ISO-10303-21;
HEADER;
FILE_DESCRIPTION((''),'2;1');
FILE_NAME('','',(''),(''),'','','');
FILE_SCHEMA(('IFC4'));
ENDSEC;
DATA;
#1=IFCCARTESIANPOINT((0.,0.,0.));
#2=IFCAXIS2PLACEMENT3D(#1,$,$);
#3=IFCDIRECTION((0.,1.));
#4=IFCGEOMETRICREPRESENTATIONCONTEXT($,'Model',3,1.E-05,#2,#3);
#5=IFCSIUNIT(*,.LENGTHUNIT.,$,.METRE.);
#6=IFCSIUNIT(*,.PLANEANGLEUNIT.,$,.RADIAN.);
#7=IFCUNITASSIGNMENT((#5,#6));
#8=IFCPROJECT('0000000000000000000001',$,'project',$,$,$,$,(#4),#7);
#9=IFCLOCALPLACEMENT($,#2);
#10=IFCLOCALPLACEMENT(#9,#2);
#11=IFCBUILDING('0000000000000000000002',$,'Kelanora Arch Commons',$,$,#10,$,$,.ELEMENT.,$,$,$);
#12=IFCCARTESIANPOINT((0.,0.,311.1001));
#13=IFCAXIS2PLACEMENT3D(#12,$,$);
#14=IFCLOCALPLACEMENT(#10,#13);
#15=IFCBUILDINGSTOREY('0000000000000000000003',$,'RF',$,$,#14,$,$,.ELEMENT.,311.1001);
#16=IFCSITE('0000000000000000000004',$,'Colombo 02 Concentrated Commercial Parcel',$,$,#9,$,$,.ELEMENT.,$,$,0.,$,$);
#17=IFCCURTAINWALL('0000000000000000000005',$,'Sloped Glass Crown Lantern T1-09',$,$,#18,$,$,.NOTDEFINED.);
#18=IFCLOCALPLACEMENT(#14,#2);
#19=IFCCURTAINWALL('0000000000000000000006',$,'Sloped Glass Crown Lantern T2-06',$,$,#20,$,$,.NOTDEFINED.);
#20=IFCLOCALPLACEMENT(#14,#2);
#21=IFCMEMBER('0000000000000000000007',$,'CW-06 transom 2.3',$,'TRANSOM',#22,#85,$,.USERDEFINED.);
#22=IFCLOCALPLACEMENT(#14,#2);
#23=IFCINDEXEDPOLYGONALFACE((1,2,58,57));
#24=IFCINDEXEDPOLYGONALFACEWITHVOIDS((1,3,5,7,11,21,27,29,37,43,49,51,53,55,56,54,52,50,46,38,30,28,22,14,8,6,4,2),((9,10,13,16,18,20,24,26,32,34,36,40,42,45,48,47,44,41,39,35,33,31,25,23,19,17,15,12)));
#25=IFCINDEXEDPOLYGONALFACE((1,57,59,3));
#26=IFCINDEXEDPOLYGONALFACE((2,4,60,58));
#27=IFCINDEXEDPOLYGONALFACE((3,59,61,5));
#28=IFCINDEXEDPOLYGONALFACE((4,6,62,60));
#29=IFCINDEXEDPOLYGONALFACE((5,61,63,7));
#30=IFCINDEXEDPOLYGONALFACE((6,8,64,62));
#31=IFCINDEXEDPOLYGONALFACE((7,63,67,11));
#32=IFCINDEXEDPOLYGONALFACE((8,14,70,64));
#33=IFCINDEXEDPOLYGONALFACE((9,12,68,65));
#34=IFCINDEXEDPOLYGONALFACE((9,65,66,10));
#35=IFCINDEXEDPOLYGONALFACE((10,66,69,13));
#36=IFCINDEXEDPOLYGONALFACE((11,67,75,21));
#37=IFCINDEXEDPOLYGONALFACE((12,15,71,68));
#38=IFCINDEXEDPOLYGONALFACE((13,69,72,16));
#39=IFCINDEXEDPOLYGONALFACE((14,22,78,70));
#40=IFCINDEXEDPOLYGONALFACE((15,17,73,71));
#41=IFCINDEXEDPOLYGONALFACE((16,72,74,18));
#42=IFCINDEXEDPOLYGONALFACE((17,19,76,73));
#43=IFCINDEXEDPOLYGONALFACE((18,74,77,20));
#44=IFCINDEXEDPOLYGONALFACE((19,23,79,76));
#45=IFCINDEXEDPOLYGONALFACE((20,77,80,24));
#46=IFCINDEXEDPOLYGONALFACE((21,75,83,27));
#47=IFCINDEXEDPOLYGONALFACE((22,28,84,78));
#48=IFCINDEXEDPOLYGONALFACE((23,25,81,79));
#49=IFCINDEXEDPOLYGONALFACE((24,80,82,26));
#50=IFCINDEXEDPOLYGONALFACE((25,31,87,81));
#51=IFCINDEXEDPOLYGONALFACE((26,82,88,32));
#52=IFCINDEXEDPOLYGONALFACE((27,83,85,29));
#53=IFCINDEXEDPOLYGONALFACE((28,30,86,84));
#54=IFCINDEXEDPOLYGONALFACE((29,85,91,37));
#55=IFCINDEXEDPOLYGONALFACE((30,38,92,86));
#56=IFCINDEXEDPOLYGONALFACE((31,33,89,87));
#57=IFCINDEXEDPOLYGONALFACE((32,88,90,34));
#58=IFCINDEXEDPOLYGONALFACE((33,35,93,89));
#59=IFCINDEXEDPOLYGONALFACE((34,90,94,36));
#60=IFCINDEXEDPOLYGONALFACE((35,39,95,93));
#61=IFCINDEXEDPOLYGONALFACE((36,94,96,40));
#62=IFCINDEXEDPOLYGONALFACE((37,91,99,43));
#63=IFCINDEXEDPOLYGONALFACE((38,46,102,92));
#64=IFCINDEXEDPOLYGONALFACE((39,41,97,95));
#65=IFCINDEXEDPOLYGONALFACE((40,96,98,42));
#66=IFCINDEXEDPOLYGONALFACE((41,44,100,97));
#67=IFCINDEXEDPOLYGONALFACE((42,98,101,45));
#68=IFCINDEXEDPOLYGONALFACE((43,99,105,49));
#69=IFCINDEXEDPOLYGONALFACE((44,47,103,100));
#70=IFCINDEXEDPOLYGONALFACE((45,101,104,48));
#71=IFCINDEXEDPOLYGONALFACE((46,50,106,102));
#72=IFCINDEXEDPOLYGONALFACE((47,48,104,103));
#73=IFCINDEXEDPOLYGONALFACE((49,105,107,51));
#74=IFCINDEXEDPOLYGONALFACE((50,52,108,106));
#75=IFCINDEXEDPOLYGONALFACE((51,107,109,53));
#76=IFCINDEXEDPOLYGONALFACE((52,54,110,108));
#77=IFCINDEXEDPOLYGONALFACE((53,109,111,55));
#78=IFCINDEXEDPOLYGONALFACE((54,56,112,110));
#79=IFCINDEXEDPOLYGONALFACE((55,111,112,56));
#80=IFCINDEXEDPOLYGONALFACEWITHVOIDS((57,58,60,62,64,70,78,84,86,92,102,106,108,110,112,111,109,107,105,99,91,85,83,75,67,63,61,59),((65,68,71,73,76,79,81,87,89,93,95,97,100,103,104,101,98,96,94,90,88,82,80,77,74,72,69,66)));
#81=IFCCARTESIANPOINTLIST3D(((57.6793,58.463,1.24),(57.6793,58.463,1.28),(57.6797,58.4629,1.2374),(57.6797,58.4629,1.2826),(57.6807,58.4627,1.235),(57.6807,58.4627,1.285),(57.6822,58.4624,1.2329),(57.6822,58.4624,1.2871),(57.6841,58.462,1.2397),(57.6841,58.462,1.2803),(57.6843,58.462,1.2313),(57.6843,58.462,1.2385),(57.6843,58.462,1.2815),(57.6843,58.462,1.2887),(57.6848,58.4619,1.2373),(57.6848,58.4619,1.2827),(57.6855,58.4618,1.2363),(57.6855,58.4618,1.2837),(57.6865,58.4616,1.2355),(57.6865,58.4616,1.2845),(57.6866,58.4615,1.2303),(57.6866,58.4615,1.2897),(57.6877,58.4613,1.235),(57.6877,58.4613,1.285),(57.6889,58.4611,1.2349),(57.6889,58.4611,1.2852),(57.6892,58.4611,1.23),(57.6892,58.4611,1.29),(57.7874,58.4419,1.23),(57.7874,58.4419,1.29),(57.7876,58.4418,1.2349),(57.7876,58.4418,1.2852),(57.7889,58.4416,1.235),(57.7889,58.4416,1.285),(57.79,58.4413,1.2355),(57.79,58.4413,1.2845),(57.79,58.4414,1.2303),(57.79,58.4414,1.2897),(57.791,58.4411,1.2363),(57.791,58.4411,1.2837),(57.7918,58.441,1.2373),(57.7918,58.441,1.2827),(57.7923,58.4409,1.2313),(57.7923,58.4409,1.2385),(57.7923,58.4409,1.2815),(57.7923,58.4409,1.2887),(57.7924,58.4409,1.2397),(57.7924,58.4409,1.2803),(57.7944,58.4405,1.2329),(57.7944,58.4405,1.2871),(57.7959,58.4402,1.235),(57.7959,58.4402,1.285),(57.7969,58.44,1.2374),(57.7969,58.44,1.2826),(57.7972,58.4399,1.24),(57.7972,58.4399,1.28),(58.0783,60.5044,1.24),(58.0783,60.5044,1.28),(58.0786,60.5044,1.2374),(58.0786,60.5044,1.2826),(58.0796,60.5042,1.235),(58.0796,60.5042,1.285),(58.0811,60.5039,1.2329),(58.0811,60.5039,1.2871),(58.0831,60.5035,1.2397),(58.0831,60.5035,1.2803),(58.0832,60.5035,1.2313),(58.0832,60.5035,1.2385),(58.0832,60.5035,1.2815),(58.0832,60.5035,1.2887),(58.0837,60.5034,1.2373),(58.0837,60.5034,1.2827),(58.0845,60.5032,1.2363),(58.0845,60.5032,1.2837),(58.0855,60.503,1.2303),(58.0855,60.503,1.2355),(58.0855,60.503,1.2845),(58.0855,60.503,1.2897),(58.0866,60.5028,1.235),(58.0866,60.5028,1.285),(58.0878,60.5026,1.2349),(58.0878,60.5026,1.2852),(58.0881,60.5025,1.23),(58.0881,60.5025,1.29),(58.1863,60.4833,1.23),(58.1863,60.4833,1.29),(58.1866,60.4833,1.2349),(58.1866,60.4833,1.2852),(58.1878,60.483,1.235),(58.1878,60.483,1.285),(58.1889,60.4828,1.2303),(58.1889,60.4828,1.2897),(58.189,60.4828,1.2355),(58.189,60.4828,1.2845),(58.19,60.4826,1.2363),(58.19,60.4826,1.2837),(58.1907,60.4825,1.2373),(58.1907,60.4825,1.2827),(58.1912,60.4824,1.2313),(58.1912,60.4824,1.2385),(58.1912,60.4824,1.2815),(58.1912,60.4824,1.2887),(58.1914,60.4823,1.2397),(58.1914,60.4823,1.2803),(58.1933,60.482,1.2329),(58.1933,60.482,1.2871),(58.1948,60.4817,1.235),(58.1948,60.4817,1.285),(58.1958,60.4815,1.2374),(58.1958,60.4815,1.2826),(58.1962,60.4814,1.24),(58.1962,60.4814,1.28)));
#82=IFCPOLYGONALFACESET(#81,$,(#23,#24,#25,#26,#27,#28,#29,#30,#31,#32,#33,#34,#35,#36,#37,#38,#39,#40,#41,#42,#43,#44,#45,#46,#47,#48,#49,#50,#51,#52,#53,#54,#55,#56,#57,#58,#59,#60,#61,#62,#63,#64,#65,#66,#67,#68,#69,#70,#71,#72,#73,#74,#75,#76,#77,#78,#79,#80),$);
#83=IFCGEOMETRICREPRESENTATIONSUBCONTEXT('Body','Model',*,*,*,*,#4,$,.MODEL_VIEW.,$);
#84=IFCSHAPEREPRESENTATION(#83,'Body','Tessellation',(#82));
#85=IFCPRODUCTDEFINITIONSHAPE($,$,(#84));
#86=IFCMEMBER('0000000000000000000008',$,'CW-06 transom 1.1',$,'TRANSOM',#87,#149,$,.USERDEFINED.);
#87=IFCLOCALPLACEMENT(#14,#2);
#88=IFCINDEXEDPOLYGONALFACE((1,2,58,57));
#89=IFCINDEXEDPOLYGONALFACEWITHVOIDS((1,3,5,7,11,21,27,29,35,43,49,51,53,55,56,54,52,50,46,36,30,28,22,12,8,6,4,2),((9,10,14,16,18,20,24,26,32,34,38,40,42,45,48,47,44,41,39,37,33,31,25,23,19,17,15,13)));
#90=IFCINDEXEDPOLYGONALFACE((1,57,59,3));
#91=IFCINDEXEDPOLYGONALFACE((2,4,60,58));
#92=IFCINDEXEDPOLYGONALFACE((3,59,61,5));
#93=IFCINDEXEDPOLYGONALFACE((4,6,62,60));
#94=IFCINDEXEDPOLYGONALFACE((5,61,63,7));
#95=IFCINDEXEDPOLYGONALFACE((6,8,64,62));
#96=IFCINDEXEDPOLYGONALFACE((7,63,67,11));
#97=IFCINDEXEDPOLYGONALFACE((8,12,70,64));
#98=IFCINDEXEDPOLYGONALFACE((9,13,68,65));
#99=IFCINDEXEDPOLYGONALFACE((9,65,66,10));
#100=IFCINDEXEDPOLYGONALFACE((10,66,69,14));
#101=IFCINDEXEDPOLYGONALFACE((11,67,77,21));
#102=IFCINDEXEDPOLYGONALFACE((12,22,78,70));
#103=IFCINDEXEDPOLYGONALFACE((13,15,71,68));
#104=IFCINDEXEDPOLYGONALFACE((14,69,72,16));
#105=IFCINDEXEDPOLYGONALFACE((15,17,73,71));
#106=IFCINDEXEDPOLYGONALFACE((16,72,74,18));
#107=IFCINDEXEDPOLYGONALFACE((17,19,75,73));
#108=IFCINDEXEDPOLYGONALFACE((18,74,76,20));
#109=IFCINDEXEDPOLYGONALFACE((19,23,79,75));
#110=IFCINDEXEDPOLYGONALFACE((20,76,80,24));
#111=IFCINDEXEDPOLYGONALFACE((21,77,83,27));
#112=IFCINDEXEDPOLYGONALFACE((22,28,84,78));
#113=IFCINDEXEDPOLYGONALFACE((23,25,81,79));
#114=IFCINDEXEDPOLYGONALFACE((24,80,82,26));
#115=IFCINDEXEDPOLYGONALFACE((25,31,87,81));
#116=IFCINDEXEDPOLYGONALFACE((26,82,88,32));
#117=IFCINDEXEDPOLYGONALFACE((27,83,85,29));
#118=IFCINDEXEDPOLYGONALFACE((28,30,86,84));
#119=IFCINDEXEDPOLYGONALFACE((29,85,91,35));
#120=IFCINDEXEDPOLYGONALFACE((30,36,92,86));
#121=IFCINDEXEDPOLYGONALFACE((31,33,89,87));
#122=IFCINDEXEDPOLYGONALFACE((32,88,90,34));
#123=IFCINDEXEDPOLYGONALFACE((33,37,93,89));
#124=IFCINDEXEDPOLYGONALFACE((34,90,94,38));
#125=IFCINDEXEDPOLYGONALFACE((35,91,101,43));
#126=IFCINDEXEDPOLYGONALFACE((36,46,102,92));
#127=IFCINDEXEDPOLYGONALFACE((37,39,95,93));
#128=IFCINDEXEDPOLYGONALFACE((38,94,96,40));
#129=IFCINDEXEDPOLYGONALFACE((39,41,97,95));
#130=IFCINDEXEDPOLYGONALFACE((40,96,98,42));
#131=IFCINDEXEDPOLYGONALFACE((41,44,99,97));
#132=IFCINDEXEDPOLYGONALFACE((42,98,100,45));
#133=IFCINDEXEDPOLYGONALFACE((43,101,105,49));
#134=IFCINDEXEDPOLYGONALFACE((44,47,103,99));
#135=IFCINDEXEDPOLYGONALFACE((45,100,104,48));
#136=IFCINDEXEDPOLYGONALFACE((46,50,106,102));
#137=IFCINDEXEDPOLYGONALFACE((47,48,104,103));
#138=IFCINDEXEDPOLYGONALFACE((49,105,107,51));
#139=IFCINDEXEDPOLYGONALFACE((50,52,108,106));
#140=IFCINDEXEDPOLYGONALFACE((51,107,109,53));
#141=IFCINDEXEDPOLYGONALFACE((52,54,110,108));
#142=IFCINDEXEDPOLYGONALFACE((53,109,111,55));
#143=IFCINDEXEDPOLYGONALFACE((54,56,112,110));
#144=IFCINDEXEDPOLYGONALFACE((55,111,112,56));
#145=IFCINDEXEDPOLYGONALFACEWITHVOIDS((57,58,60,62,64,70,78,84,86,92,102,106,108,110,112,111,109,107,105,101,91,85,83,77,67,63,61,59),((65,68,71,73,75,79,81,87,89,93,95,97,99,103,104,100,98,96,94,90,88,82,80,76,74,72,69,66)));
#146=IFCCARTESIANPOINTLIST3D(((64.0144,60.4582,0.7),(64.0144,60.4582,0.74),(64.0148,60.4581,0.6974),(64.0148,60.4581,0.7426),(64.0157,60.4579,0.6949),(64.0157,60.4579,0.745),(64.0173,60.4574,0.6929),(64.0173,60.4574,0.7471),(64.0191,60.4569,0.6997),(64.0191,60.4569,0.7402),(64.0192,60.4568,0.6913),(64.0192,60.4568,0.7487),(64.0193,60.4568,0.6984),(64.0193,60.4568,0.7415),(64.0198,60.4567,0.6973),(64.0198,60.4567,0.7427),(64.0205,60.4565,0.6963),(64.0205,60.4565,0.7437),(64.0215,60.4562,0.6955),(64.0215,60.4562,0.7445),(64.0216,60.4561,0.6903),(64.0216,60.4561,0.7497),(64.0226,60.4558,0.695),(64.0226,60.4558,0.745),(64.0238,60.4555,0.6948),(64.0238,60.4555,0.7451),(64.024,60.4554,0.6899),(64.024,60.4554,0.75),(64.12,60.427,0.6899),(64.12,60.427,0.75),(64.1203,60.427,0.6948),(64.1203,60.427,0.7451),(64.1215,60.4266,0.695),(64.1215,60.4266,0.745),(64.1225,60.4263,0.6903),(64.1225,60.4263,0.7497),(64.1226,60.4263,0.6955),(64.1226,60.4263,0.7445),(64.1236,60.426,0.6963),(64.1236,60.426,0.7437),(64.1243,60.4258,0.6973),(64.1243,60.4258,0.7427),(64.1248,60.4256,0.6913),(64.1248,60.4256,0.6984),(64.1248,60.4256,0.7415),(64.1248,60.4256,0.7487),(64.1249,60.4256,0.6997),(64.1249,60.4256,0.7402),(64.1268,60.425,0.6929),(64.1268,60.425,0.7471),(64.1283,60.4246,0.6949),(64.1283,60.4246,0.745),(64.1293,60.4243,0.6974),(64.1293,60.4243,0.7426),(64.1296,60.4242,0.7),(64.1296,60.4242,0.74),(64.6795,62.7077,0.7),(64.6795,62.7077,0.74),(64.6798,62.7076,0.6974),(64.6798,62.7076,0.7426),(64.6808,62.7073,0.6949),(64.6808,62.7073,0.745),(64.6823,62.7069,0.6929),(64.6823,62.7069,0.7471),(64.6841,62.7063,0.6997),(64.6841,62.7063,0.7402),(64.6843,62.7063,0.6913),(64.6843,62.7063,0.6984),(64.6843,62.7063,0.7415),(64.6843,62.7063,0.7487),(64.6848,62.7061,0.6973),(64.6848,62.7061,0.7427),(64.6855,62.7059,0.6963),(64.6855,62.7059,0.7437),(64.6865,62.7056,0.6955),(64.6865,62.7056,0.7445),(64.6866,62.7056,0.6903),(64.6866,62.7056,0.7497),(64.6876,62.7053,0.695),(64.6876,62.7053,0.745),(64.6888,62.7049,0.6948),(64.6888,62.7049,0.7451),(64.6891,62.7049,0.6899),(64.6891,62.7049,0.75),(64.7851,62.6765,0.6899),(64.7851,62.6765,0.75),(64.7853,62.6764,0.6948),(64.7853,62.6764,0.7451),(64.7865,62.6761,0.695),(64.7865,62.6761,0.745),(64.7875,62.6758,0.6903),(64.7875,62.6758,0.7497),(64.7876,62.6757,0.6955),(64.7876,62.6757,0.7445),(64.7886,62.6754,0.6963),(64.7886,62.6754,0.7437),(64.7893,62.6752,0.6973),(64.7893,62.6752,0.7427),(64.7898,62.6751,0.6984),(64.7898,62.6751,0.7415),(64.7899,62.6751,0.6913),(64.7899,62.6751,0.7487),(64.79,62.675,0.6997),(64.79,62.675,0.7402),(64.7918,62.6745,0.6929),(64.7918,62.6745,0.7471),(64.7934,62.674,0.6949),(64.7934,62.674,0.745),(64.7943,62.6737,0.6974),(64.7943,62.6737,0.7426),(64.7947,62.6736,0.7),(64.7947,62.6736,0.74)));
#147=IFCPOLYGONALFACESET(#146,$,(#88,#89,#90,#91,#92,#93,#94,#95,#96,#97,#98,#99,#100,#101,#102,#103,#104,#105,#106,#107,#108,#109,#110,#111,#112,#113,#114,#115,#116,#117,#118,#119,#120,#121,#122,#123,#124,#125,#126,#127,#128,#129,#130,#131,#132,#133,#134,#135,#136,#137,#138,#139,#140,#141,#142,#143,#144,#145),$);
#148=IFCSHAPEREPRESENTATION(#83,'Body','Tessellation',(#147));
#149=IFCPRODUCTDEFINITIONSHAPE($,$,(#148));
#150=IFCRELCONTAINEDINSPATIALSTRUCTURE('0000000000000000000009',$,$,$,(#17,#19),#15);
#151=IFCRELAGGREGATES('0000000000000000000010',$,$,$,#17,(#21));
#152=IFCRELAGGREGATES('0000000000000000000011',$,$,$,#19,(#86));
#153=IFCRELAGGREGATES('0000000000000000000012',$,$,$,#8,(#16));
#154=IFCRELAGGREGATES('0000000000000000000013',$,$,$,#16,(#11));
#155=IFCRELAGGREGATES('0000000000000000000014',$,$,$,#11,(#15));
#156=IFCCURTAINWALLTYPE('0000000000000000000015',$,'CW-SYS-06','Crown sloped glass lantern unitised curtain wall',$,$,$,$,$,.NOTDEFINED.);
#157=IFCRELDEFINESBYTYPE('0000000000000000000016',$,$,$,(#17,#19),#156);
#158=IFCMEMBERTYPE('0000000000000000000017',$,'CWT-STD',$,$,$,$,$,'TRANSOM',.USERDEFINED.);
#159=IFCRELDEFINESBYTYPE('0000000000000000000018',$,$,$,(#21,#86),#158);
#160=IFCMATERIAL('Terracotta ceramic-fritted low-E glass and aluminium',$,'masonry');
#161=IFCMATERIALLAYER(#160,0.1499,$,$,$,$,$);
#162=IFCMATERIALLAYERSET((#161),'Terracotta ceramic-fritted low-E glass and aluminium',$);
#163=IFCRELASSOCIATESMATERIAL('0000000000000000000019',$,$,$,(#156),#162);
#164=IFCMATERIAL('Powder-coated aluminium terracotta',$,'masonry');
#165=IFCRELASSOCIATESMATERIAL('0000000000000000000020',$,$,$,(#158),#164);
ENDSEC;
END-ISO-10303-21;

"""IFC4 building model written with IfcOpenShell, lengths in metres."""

from ifc_helpers import new_model, si_unit, direction, frame, origin, origin_2d, place, context, subcontext, project, spatial, hollow_rectangle, extrude, material, layer, layer_set, material_profile, profile_set, type_object, element, aggregate, save


model = new_model("IFC4")

# Units and contexts
model_context = context("Model", 3, precision=1e-05, world=origin(), true_north=direction((0.0, 1.0)))
body_context = subcontext(model_context, "Body", "Model", "MODEL_VIEW")
ifc_project = project(units=[si_unit("LENGTHUNIT", "METRE"), si_unit("PLANEANGLEUNIT", "RADIAN")], contexts=[model_context])

# Site, building, storey
site_placement = place(None, origin())
site = spatial("IfcSite", under=ifc_project, at=site_placement, Name="Colombo 02 Concentrated Commercial Parcel", CompositionType="ELEMENT", RefElevation=0.0)
building_placement = place(site_placement, origin())
building = spatial("IfcBuilding", under=site, at=building_placement, Name="Kelanora Arch Commons", CompositionType="ELEMENT")
storey_placement = place(building_placement, frame((0.0, 0.0, 311.1001)))
storey = spatial("IfcBuildingStorey", under=building, at=storey_placement, Name="RF", CompositionType="ELEMENT", Elevation=311.1001)

# Curtain walls
ifc_material_1 = material(Name="Terracotta ceramic-fritted low-E glass and aluminium", Category="masonry")
ifc_layer_1 = layer(ifc_material_1, 0.1499)
ifc_layer_set_1 = layer_set([ifc_layer_1], Name="Terracotta ceramic-fritted low-E glass and aluminium")
curtain_wall_type = type_object("IfcCurtainWallType", Name="CW-SYS-06", Description="Crown sloped glass lantern unitised curtain wall", PredefinedType="NOTDEFINED", material=ifc_layer_set_1)
curtain_wall_1_placement = place(storey_placement, origin())
curtain_wall_1 = element("IfcCurtainWall", 1, at=curtain_wall_1_placement, inside=storey, type_object=curtain_wall_type, Name="Sloped Glass Crown Lantern T1-09", PredefinedType="NOTDEFINED")
ifc_material_2 = material(Name="Powder-coated aluminium terracotta", Category="masonry")
curtain_wall_2_placement = place(storey_placement, origin())
curtain_wall_2 = element("IfcCurtainWall", 2, at=curtain_wall_2_placement, inside=storey, type_object=curtain_wall_type, Name="Sloped Glass Crown Lantern T2-06", PredefinedType="NOTDEFINED")

# Members
ifc_material_profile_1 = material_profile(ifc_material_2, hollow_rectangle(XDim=0.1201, YDim=0.0601, WallThickness=0.0049, InnerFilletRadius=0.0049, OuterFilletRadius=0.01, at=origin_2d()), Name="CWT120x60")
ifc_profile_set_1 = profile_set([ifc_material_profile_1], Name="Powder-coated aluminium terracotta")
member_type_1 = type_object("IfcMemberType", Name="CWT-STD", ElementType="TRANSOM", PredefinedType="USERDEFINED", material=ifc_profile_set_1)
member_1_placement = place(storey_placement, frame((58.1372, 60.4929, 1.26), z_axis=(-0.191781, -0.981438, 0.0), x_axis=(0.981438, -0.191781, 0.0)))
member_1 = element("IfcMember", 3, at=member_1_placement, type_object=member_type_1, Name="CW-06 transom 2.3", ObjectType="TRANSOM", PredefinedType="USERDEFINED", context=body_context, shape_type="SweptSolid", body=[
    extrude(hollow_rectangle(XDim=0.1201, YDim=0.0601, WallThickness=0.0049, InnerFilletRadius=0.0049, OuterFilletRadius=0.01, at=origin_2d()), origin(), (0.0, 0.0, 1.0), 2.0801),
])
member_2_placement = place(storey_placement, frame((64.7371, 62.6907, 0.72), z_axis=(-0.283507, -0.95897, 0.0), x_axis=(0.95897, -0.283507, 0.0)))
member_2 = element("IfcMember", 4, at=member_2_placement, type_object=member_type_1, Name="CW-06 transom 1.1", ObjectType="TRANSOM", PredefinedType="USERDEFINED", context=body_context, shape_type="SweptSolid", body=[
    extrude(hollow_rectangle(XDim=0.1201, YDim=0.0601, WallThickness=0.0049, InnerFilletRadius=0.0049, OuterFilletRadius=0.01, at=origin_2d()), origin(), (0.0, 0.0, 1.0), 2.3457),
])

aggregate(curtain_wall_1, [member_1])
aggregate(curtain_wall_2, [member_2])

save(model, "model.ifc")
